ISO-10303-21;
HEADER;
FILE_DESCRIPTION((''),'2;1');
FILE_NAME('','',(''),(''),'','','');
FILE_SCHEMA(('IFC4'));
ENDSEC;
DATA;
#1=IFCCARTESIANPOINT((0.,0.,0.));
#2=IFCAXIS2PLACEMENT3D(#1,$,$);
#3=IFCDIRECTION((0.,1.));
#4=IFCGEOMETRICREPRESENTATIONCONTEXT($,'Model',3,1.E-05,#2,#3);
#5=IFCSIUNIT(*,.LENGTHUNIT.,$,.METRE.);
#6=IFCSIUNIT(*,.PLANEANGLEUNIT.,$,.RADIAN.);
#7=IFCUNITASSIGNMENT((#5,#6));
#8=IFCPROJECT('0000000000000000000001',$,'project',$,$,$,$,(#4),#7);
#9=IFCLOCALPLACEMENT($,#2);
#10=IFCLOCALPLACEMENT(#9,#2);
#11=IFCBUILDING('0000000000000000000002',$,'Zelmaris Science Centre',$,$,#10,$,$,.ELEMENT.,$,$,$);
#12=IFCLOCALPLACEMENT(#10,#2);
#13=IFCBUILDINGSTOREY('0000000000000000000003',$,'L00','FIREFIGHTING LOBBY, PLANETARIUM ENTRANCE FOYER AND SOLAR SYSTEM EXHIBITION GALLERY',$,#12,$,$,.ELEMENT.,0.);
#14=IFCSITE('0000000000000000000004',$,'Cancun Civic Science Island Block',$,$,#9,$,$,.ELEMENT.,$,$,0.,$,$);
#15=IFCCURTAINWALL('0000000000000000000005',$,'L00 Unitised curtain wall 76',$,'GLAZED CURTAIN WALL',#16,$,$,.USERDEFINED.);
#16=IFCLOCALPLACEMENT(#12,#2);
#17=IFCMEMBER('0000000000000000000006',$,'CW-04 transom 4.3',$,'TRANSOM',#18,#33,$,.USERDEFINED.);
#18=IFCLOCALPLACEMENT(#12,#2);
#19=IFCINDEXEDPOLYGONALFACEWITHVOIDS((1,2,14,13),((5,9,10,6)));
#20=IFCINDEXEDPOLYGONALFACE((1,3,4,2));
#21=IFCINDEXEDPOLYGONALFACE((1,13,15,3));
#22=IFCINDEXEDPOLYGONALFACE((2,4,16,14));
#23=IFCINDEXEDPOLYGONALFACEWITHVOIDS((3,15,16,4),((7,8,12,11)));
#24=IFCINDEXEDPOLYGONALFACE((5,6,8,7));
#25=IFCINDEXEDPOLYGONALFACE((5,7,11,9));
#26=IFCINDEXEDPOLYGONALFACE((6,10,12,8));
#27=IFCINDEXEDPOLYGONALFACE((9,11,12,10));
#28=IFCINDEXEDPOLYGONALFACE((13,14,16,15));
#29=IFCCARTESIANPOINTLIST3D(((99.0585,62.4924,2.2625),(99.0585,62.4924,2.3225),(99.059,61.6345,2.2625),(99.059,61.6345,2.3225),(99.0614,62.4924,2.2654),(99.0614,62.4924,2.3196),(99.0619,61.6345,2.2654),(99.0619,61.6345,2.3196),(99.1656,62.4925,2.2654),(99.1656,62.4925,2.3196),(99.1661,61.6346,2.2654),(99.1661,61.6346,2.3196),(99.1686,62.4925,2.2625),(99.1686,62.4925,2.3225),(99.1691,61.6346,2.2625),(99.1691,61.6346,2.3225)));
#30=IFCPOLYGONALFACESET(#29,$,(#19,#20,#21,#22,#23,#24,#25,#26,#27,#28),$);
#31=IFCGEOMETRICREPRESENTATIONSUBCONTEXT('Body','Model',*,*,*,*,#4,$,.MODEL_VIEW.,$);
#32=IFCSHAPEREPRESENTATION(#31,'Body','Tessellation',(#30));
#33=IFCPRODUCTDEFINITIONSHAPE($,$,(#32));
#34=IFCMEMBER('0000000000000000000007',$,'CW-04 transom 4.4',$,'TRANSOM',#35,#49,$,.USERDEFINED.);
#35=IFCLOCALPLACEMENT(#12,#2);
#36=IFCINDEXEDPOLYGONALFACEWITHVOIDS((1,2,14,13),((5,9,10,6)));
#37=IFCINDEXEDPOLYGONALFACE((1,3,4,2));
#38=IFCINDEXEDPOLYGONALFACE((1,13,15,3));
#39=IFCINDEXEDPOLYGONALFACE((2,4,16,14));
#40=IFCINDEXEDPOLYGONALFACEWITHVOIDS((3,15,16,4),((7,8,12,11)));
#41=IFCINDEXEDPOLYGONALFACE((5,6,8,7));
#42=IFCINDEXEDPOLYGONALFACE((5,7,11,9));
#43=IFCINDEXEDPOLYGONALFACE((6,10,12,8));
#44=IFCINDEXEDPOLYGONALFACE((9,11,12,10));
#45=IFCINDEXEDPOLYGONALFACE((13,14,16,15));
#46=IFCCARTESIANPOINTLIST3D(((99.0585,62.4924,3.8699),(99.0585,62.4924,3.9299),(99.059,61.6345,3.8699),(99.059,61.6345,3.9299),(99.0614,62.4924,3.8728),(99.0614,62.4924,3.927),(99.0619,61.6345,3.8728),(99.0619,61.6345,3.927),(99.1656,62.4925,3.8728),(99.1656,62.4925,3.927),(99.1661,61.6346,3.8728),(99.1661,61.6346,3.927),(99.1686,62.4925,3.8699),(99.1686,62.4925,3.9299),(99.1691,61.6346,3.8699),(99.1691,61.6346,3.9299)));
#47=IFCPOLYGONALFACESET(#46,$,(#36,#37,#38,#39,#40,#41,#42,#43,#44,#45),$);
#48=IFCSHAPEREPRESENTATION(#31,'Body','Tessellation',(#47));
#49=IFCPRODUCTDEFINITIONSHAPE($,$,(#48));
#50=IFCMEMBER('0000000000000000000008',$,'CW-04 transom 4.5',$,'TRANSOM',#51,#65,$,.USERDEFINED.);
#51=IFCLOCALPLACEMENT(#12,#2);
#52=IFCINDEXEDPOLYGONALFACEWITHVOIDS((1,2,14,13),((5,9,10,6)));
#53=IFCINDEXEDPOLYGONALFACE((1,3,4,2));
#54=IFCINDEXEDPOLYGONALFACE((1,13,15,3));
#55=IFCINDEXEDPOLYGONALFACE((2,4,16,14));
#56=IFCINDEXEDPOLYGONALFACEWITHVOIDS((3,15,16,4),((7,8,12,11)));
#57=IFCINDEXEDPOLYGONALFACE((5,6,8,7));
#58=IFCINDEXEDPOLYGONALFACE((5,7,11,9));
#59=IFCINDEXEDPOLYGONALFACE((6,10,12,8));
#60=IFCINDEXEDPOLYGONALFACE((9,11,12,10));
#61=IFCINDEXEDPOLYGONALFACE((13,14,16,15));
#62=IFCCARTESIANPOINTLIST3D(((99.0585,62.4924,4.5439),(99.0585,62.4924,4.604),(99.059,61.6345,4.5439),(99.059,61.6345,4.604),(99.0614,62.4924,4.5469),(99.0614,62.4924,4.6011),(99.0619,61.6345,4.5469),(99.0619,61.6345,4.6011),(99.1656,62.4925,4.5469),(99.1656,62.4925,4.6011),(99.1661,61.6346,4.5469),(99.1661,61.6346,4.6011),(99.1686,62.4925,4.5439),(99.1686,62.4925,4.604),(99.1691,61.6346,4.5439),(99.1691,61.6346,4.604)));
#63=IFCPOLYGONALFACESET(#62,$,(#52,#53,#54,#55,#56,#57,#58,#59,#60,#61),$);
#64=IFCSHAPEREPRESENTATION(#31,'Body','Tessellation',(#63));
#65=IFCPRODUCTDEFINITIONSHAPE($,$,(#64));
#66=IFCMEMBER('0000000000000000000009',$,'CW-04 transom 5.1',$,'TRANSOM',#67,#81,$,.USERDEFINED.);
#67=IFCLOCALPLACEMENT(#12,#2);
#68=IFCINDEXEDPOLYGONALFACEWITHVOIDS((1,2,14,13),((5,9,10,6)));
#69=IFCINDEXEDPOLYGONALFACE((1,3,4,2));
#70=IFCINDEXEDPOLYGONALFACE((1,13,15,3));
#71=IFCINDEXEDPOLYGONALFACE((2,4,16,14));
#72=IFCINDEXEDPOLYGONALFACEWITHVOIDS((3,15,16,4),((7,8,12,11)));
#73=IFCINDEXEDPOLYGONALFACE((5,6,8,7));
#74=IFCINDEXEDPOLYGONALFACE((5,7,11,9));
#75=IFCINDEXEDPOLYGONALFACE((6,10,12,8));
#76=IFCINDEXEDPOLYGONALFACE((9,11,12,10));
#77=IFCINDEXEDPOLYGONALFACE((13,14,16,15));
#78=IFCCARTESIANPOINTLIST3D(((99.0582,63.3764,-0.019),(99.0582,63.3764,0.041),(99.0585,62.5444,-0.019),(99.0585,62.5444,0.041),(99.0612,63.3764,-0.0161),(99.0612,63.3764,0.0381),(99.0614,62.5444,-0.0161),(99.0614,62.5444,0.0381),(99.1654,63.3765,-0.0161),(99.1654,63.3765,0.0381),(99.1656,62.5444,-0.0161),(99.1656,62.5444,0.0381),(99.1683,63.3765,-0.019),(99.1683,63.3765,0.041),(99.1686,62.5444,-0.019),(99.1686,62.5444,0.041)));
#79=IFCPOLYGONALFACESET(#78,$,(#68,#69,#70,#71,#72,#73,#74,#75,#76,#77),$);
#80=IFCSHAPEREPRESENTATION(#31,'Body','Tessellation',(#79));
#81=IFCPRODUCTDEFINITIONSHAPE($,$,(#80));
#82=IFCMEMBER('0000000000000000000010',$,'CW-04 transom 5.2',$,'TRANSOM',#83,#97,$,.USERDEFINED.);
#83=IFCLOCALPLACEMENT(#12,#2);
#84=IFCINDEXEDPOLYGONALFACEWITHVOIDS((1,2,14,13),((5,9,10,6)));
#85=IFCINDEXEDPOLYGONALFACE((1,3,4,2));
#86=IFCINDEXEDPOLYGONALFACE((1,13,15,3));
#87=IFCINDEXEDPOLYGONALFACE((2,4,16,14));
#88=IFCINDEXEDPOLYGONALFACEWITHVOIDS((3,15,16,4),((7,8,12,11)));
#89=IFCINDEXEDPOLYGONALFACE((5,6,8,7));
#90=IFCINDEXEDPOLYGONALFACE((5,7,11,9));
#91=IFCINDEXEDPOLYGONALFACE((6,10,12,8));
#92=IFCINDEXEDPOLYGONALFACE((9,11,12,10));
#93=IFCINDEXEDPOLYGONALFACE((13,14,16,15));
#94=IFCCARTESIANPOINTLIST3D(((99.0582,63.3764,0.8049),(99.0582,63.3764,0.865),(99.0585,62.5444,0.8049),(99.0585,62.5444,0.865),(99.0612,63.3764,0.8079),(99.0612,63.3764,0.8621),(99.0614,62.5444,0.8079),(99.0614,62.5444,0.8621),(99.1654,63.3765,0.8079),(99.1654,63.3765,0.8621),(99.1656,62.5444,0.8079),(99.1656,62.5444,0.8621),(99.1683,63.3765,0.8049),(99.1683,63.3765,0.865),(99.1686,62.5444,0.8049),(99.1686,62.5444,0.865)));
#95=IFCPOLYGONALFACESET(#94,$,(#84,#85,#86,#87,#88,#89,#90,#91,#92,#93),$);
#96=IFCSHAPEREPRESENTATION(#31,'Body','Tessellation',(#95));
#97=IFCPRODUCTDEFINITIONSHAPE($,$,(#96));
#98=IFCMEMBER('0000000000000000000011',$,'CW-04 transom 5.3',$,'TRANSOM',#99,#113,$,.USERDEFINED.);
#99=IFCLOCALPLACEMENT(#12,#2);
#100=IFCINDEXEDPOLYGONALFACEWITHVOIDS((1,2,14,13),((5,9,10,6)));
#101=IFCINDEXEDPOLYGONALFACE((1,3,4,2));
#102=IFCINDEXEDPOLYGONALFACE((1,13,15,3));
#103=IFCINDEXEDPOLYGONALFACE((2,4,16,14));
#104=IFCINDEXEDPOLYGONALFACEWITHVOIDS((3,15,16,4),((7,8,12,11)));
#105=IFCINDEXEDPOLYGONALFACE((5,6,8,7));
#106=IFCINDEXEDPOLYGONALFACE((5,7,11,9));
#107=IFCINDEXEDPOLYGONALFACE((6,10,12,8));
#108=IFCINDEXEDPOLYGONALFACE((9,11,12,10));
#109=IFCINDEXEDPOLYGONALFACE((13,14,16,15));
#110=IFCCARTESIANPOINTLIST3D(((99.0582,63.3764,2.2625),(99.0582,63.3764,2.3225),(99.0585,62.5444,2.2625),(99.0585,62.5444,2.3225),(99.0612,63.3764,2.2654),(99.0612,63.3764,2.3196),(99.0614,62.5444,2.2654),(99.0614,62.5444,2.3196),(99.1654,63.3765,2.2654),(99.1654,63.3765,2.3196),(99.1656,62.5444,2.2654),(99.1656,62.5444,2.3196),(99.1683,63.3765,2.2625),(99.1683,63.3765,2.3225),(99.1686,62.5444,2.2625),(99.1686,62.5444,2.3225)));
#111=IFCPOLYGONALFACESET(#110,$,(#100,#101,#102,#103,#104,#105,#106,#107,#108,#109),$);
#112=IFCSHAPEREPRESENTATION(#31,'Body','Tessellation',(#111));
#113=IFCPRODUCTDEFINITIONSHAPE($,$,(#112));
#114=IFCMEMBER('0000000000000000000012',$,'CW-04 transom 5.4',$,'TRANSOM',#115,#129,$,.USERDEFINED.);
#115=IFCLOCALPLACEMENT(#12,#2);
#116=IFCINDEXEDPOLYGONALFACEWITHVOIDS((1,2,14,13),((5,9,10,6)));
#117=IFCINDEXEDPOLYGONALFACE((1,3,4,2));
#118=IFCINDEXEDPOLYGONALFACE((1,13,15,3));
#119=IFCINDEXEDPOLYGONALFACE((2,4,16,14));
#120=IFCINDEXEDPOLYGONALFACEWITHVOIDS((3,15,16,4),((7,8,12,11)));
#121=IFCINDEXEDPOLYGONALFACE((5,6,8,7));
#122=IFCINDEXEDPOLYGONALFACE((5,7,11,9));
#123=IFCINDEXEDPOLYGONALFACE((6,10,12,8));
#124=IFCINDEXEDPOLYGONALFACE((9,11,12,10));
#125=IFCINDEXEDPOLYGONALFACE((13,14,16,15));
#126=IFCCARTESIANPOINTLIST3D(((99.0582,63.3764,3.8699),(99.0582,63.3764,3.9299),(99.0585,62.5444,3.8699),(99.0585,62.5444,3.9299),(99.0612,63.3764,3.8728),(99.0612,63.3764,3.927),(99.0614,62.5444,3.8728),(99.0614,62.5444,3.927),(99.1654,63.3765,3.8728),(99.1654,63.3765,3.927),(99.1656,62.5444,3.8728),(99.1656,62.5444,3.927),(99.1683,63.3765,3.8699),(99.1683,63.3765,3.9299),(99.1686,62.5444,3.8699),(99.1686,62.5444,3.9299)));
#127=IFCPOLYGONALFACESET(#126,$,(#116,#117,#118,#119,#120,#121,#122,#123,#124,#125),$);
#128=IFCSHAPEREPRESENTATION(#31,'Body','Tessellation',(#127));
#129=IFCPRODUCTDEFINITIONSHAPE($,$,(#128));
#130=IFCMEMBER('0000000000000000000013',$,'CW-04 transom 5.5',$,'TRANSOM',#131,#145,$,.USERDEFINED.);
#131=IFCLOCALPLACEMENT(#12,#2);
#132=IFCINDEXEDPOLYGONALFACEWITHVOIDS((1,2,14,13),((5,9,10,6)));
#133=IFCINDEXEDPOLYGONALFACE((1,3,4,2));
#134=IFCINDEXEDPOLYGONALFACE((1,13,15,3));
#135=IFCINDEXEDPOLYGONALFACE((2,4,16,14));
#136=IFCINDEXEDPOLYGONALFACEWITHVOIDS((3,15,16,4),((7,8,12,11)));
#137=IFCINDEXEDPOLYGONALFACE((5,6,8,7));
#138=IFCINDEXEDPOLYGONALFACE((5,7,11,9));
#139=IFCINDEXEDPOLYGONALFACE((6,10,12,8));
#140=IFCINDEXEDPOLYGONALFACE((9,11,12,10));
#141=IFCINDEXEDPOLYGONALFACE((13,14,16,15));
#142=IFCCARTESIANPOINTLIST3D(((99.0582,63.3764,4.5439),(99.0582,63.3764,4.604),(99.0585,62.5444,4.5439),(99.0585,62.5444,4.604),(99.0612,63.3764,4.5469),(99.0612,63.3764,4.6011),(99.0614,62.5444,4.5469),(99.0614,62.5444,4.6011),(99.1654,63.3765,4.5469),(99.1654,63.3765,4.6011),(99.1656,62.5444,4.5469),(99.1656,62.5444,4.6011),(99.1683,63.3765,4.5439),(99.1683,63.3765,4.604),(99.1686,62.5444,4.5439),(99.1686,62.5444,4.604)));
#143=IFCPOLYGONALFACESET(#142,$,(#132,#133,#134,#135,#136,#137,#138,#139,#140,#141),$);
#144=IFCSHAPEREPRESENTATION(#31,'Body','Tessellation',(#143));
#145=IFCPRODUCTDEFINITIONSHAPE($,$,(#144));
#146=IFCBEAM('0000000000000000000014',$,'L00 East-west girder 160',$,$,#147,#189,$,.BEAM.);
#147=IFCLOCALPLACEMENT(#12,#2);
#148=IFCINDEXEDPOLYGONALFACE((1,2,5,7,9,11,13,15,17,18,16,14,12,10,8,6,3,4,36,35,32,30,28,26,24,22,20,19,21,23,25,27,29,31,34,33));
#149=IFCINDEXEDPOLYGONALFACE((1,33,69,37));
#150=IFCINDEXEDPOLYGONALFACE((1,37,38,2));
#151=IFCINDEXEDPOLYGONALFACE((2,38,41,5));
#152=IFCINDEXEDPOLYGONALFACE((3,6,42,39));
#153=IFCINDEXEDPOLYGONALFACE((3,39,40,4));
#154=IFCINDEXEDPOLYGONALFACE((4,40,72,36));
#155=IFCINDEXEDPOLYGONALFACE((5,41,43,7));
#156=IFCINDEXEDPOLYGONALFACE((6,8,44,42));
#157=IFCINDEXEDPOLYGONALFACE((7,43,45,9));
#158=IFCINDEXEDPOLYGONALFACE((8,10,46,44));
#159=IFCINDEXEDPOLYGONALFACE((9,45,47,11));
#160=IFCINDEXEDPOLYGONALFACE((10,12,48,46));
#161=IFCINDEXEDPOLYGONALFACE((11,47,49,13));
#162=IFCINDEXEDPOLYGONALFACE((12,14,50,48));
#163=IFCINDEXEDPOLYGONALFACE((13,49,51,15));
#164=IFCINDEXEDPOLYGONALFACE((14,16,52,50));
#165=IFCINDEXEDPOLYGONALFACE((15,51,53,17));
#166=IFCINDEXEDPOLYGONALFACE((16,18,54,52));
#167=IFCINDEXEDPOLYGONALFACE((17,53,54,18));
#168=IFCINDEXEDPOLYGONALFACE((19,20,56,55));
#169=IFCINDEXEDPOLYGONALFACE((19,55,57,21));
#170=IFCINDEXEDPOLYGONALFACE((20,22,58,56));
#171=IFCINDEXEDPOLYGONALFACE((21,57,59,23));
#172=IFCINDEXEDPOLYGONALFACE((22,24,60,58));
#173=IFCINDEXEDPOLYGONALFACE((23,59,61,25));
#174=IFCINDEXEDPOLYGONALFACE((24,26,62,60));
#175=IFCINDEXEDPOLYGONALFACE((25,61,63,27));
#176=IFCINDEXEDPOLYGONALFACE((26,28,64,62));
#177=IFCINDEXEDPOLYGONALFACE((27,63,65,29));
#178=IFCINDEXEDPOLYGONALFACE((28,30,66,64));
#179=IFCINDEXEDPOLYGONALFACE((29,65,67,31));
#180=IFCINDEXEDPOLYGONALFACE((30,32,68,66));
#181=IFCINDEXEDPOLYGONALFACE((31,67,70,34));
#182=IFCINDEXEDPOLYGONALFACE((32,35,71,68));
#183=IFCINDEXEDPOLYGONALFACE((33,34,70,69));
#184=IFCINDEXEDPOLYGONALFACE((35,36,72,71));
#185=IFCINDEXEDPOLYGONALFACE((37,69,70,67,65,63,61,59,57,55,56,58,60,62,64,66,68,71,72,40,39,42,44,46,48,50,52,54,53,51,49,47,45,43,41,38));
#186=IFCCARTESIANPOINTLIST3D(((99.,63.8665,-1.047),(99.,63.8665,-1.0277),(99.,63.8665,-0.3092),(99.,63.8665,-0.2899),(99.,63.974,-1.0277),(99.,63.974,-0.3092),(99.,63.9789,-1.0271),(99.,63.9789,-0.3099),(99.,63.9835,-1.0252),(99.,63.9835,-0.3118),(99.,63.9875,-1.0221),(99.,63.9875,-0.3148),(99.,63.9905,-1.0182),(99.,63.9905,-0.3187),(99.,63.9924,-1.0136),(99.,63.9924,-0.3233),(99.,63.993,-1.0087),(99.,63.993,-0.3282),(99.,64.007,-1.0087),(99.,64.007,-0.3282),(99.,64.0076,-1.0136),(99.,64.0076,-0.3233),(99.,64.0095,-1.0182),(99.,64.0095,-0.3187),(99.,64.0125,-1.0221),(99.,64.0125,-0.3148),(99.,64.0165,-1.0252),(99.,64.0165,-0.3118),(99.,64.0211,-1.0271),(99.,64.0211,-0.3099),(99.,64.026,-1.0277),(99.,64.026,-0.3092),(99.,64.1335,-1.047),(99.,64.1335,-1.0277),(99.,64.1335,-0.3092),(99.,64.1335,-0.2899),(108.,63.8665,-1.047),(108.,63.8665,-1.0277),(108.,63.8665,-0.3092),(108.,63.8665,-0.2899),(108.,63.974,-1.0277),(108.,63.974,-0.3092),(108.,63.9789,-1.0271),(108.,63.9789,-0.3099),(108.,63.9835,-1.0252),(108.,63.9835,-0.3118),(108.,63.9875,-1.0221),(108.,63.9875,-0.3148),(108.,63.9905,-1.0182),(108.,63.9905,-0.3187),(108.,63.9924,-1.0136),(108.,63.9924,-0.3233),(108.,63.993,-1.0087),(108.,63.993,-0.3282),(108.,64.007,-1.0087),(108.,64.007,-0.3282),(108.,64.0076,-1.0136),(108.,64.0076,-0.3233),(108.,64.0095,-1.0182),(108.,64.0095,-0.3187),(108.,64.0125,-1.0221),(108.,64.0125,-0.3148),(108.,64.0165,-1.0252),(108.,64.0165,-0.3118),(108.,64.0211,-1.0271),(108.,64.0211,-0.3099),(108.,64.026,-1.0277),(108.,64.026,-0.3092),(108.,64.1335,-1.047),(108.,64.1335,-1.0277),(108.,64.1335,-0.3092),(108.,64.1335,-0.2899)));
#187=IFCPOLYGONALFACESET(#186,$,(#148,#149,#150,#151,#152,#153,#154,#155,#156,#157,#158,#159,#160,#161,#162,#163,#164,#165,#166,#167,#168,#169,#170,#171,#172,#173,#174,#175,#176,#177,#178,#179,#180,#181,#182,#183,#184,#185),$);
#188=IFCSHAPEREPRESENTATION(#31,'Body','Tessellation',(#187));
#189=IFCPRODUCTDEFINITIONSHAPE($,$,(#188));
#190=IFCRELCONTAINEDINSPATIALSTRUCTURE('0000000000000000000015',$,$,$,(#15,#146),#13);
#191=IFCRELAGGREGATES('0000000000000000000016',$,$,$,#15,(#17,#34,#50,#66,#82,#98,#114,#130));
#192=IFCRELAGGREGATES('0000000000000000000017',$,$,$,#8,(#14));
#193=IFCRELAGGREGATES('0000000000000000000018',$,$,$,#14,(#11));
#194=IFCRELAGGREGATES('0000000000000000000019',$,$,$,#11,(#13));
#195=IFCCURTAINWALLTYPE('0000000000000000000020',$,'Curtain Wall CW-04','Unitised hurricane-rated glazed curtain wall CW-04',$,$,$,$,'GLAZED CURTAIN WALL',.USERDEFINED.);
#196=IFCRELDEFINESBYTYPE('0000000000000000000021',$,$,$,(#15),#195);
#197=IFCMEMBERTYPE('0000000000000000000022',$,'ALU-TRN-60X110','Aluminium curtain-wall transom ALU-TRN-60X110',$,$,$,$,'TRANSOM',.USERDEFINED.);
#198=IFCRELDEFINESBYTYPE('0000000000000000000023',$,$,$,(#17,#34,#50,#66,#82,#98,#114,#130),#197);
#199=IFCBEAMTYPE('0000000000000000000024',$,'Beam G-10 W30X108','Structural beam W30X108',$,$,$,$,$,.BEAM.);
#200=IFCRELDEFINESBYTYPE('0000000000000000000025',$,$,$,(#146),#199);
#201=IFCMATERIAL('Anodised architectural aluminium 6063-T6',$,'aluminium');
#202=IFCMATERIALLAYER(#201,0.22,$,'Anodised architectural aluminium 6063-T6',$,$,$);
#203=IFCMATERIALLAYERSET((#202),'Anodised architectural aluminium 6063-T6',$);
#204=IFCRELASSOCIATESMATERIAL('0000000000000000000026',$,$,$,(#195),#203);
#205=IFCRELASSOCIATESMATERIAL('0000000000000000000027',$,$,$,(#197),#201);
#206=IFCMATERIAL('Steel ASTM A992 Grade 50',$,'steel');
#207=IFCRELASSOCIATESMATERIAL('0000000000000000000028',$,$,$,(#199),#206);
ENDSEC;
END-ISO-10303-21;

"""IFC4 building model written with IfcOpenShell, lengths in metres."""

from ifc_helpers import new_model, si_unit, direction, frame, origin, origin_2d, place, context, subcontext, project, spatial, hollow_rectangle, i_section, extrude, material, layer, layer_set, material_profile, profile_set, type_object, element, aggregate, save


model = new_model("IFC4")

# Units and contexts
model_context = context("Model", 3, precision=1e-05, world=origin(), true_north=direction((0.0, 1.0)))
body_context = subcontext(model_context, "Body", "Model", "MODEL_VIEW")
ifc_project = project(units=[si_unit("LENGTHUNIT", "METRE"), si_unit("PLANEANGLEUNIT", "RADIAN")], contexts=[model_context])

# Site, building, storey
site_placement = place(None, origin())
site = spatial("IfcSite", under=ifc_project, at=site_placement, Name="Cancun Civic Science Island Block", CompositionType="ELEMENT", RefElevation=0.0)
building_placement = place(site_placement, origin())
building = spatial("IfcBuilding", under=site, at=building_placement, Name="Zelmaris Science Centre", CompositionType="ELEMENT")
storey_placement = place(building_placement, origin())
storey = spatial("IfcBuildingStorey", under=building, at=storey_placement, Name="L00", Description="FIREFIGHTING LOBBY, PLANETARIUM ENTRANCE FOYER AND SOLAR SYSTEM EXHIBITION GALLERY", CompositionType="ELEMENT", Elevation=0.0)

# Curtain wall, members
ifc_material_1 = material(Name="Anodised architectural aluminium 6063-T6", Category="aluminium")
ifc_layer_1 = layer(ifc_material_1, 0.22, Name="Anodised architectural aluminium 6063-T6")
ifc_layer_set_1 = layer_set([ifc_layer_1], Name="Anodised architectural aluminium 6063-T6")
curtain_wall_type = type_object("IfcCurtainWallType", Name="Curtain Wall CW-04", Description="Unitised hurricane-rated glazed curtain wall CW-04", ElementType="GLAZED CURTAIN WALL", PredefinedType="USERDEFINED", material=ifc_layer_set_1)
curtain_wall_placement = place(storey_placement, origin())
curtain_wall = element("IfcCurtainWall", 1, at=curtain_wall_placement, inside=storey, type_object=curtain_wall_type, Name="L00 Unitised curtain wall 76", ObjectType="GLAZED CURTAIN WALL", PredefinedType="USERDEFINED")
ifc_material_profile_1 = material_profile(ifc_material_1, hollow_rectangle(XDim=0.0601, YDim=0.1101, WallThickness=0.0029, at=origin_2d()), Name="ALU-TRN-60X110")
ifc_profile_set_1 = profile_set([ifc_material_profile_1], Name="Anodised architectural aluminium 6063-T6")
member_type_1 = type_object("IfcMemberType", Name="ALU-TRN-60X110", Description="Aluminium curtain-wall transom ALU-TRN-60X110", ElementType="TRANSOM", PredefinedType="USERDEFINED", material=ifc_profile_set_1)
member_1_placement = place(storey_placement, frame((99.114, 61.6345, 2.2925), z_axis=(-0.000569, 1.0, 0.0), x_axis=(0.0, 0.0, 1.0)))
member_1 = element("IfcMember", 2, at=member_1_placement, type_object=member_type_1, Name="CW-04 transom 4.3", ObjectType="TRANSOM", PredefinedType="USERDEFINED", context=body_context, shape_type="SweptSolid", body=[
    extrude(hollow_rectangle(XDim=0.0601, YDim=0.1101, WallThickness=0.0029, at=origin_2d()), origin(), (0.0, 0.0, 1.0), 0.8579),
])
member_2_placement = place(storey_placement, frame((99.114, 61.6345, 3.8999), z_axis=(-0.000569, 1.0, 0.0), x_axis=(0.0, 0.0, 1.0)))
member_2 = element("IfcMember", 3, at=member_2_placement, type_object=member_type_1, Name="CW-04 transom 4.4", ObjectType="TRANSOM", PredefinedType="USERDEFINED", context=body_context, shape_type="SweptSolid", body=[
    extrude(hollow_rectangle(XDim=0.0601, YDim=0.1101, WallThickness=0.0029, at=origin_2d()), origin(), (0.0, 0.0, 1.0), 0.8579),
])
member_3_placement = place(storey_placement, frame((99.114, 61.6345, 4.574), z_axis=(-0.000569, 1.0, 0.0), x_axis=(0.0, 0.0, 1.0)))
member_3 = element("IfcMember", 4, at=member_3_placement, type_object=member_type_1, Name="CW-04 transom 4.5", ObjectType="TRANSOM", PredefinedType="USERDEFINED", context=body_context, shape_type="SweptSolid", body=[
    extrude(hollow_rectangle(XDim=0.0601, YDim=0.1101, WallThickness=0.0029, at=origin_2d()), origin(), (0.0, 0.0, 1.0), 0.8579),
])
member_4_placement = place(storey_placement, frame((99.1135, 62.5444, 0.011), z_axis=(-0.000293, 1.0, 0.0), x_axis=(0.0, 0.0, 1.0)))
member_4 = element("IfcMember", 5, at=member_4_placement, type_object=member_type_1, Name="CW-04 transom 5.1", ObjectType="TRANSOM", PredefinedType="USERDEFINED", context=body_context, shape_type="SweptSolid", body=[
    extrude(hollow_rectangle(XDim=0.0601, YDim=0.1101, WallThickness=0.0029, at=origin_2d()), origin(), (0.0, 0.0, 1.0), 0.832),
])
member_5_placement = place(storey_placement, frame((99.1135, 62.5444, 0.835), z_axis=(-0.000293, 1.0, 0.0), x_axis=(0.0, 0.0, 1.0)))
member_5 = element("IfcMember", 6, at=member_5_placement, type_object=member_type_1, Name="CW-04 transom 5.2", ObjectType="TRANSOM", PredefinedType="USERDEFINED", context=body_context, shape_type="SweptSolid", body=[
    extrude(hollow_rectangle(XDim=0.0601, YDim=0.1101, WallThickness=0.0029, at=origin_2d()), origin(), (0.0, 0.0, 1.0), 0.832),
])
member_6_placement = place(storey_placement, frame((99.1135, 62.5444, 2.2925), z_axis=(-0.000293, 1.0, 0.0), x_axis=(0.0, 0.0, 1.0)))
member_6 = element("IfcMember", 7, at=member_6_placement, type_object=member_type_1, Name="CW-04 transom 5.3", ObjectType="TRANSOM", PredefinedType="USERDEFINED", context=body_context, shape_type="SweptSolid", body=[
    extrude(hollow_rectangle(XDim=0.0601, YDim=0.1101, WallThickness=0.0029, at=origin_2d()), origin(), (0.0, 0.0, 1.0), 0.832),
])
member_7_placement = place(storey_placement, frame((99.1135, 62.5444, 3.8999), z_axis=(-0.000293, 1.0, 0.0), x_axis=(0.0, 0.0, 1.0)))
member_7 = element("IfcMember", 8, at=member_7_placement, type_object=member_type_1, Name="CW-04 transom 5.4", ObjectType="TRANSOM", PredefinedType="USERDEFINED", context=body_context, shape_type="SweptSolid", body=[
    extrude(hollow_rectangle(XDim=0.0601, YDim=0.1101, WallThickness=0.0029, at=origin_2d()), origin(), (0.0, 0.0, 1.0), 0.832),
])
member_8_placement = place(storey_placement, frame((99.1135, 62.5444, 4.574), z_axis=(-0.000293, 1.0, 0.0), x_axis=(0.0, 0.0, 1.0)))
member_8 = element("IfcMember", 9, at=member_8_placement, type_object=member_type_1, Name="CW-04 transom 5.5", ObjectType="TRANSOM", PredefinedType="USERDEFINED", context=body_context, shape_type="SweptSolid", body=[
    extrude(hollow_rectangle(XDim=0.0601, YDim=0.1101, WallThickness=0.0029, at=origin_2d()), origin(), (0.0, 0.0, 1.0), 0.832),
])

# Beam
ifc_material_2 = material(Name="Steel ASTM A992 Grade 50", Category="steel")
ifc_material_profile_2 = material_profile(ifc_material_2, i_section(OverallWidth=0.2671, OverallDepth=0.7571, WebThickness=0.0139, FlangeThickness=0.0193, FilletRadius=0.019, at=origin_2d()), Name="W30X108")
ifc_profile_set_2 = profile_set([ifc_material_profile_2], Name="Steel ASTM A992 Grade 50")
beam_type = type_object("IfcBeamType", Name="Beam G-10 W30X108", Description="Structural beam W30X108", PredefinedType="BEAM", material=ifc_profile_set_2)
beam_placement = place(storey_placement, frame((99.0, 64.0, -0.6685), z_axis=(1.0, 0.0, 0.0), x_axis=(0.0, 1.0, 0.0)))
element("IfcBeam", 10, at=beam_placement, inside=storey, type_object=beam_type, Name="L00 East-west girder 160", PredefinedType="BEAM", context=body_context, shape_type="SweptSolid", body=[
    extrude(i_section(OverallWidth=0.2671, OverallDepth=0.7571, WebThickness=0.0139, FlangeThickness=0.0193, FilletRadius=0.019, at=origin_2d()), origin(), (0.0, 0.0, 1.0), 9.0),
])

aggregate(curtain_wall, [member_1, member_2, member_3, member_4, member_5, member_6, member_7, member_8])

save(model, "model.ifc")
